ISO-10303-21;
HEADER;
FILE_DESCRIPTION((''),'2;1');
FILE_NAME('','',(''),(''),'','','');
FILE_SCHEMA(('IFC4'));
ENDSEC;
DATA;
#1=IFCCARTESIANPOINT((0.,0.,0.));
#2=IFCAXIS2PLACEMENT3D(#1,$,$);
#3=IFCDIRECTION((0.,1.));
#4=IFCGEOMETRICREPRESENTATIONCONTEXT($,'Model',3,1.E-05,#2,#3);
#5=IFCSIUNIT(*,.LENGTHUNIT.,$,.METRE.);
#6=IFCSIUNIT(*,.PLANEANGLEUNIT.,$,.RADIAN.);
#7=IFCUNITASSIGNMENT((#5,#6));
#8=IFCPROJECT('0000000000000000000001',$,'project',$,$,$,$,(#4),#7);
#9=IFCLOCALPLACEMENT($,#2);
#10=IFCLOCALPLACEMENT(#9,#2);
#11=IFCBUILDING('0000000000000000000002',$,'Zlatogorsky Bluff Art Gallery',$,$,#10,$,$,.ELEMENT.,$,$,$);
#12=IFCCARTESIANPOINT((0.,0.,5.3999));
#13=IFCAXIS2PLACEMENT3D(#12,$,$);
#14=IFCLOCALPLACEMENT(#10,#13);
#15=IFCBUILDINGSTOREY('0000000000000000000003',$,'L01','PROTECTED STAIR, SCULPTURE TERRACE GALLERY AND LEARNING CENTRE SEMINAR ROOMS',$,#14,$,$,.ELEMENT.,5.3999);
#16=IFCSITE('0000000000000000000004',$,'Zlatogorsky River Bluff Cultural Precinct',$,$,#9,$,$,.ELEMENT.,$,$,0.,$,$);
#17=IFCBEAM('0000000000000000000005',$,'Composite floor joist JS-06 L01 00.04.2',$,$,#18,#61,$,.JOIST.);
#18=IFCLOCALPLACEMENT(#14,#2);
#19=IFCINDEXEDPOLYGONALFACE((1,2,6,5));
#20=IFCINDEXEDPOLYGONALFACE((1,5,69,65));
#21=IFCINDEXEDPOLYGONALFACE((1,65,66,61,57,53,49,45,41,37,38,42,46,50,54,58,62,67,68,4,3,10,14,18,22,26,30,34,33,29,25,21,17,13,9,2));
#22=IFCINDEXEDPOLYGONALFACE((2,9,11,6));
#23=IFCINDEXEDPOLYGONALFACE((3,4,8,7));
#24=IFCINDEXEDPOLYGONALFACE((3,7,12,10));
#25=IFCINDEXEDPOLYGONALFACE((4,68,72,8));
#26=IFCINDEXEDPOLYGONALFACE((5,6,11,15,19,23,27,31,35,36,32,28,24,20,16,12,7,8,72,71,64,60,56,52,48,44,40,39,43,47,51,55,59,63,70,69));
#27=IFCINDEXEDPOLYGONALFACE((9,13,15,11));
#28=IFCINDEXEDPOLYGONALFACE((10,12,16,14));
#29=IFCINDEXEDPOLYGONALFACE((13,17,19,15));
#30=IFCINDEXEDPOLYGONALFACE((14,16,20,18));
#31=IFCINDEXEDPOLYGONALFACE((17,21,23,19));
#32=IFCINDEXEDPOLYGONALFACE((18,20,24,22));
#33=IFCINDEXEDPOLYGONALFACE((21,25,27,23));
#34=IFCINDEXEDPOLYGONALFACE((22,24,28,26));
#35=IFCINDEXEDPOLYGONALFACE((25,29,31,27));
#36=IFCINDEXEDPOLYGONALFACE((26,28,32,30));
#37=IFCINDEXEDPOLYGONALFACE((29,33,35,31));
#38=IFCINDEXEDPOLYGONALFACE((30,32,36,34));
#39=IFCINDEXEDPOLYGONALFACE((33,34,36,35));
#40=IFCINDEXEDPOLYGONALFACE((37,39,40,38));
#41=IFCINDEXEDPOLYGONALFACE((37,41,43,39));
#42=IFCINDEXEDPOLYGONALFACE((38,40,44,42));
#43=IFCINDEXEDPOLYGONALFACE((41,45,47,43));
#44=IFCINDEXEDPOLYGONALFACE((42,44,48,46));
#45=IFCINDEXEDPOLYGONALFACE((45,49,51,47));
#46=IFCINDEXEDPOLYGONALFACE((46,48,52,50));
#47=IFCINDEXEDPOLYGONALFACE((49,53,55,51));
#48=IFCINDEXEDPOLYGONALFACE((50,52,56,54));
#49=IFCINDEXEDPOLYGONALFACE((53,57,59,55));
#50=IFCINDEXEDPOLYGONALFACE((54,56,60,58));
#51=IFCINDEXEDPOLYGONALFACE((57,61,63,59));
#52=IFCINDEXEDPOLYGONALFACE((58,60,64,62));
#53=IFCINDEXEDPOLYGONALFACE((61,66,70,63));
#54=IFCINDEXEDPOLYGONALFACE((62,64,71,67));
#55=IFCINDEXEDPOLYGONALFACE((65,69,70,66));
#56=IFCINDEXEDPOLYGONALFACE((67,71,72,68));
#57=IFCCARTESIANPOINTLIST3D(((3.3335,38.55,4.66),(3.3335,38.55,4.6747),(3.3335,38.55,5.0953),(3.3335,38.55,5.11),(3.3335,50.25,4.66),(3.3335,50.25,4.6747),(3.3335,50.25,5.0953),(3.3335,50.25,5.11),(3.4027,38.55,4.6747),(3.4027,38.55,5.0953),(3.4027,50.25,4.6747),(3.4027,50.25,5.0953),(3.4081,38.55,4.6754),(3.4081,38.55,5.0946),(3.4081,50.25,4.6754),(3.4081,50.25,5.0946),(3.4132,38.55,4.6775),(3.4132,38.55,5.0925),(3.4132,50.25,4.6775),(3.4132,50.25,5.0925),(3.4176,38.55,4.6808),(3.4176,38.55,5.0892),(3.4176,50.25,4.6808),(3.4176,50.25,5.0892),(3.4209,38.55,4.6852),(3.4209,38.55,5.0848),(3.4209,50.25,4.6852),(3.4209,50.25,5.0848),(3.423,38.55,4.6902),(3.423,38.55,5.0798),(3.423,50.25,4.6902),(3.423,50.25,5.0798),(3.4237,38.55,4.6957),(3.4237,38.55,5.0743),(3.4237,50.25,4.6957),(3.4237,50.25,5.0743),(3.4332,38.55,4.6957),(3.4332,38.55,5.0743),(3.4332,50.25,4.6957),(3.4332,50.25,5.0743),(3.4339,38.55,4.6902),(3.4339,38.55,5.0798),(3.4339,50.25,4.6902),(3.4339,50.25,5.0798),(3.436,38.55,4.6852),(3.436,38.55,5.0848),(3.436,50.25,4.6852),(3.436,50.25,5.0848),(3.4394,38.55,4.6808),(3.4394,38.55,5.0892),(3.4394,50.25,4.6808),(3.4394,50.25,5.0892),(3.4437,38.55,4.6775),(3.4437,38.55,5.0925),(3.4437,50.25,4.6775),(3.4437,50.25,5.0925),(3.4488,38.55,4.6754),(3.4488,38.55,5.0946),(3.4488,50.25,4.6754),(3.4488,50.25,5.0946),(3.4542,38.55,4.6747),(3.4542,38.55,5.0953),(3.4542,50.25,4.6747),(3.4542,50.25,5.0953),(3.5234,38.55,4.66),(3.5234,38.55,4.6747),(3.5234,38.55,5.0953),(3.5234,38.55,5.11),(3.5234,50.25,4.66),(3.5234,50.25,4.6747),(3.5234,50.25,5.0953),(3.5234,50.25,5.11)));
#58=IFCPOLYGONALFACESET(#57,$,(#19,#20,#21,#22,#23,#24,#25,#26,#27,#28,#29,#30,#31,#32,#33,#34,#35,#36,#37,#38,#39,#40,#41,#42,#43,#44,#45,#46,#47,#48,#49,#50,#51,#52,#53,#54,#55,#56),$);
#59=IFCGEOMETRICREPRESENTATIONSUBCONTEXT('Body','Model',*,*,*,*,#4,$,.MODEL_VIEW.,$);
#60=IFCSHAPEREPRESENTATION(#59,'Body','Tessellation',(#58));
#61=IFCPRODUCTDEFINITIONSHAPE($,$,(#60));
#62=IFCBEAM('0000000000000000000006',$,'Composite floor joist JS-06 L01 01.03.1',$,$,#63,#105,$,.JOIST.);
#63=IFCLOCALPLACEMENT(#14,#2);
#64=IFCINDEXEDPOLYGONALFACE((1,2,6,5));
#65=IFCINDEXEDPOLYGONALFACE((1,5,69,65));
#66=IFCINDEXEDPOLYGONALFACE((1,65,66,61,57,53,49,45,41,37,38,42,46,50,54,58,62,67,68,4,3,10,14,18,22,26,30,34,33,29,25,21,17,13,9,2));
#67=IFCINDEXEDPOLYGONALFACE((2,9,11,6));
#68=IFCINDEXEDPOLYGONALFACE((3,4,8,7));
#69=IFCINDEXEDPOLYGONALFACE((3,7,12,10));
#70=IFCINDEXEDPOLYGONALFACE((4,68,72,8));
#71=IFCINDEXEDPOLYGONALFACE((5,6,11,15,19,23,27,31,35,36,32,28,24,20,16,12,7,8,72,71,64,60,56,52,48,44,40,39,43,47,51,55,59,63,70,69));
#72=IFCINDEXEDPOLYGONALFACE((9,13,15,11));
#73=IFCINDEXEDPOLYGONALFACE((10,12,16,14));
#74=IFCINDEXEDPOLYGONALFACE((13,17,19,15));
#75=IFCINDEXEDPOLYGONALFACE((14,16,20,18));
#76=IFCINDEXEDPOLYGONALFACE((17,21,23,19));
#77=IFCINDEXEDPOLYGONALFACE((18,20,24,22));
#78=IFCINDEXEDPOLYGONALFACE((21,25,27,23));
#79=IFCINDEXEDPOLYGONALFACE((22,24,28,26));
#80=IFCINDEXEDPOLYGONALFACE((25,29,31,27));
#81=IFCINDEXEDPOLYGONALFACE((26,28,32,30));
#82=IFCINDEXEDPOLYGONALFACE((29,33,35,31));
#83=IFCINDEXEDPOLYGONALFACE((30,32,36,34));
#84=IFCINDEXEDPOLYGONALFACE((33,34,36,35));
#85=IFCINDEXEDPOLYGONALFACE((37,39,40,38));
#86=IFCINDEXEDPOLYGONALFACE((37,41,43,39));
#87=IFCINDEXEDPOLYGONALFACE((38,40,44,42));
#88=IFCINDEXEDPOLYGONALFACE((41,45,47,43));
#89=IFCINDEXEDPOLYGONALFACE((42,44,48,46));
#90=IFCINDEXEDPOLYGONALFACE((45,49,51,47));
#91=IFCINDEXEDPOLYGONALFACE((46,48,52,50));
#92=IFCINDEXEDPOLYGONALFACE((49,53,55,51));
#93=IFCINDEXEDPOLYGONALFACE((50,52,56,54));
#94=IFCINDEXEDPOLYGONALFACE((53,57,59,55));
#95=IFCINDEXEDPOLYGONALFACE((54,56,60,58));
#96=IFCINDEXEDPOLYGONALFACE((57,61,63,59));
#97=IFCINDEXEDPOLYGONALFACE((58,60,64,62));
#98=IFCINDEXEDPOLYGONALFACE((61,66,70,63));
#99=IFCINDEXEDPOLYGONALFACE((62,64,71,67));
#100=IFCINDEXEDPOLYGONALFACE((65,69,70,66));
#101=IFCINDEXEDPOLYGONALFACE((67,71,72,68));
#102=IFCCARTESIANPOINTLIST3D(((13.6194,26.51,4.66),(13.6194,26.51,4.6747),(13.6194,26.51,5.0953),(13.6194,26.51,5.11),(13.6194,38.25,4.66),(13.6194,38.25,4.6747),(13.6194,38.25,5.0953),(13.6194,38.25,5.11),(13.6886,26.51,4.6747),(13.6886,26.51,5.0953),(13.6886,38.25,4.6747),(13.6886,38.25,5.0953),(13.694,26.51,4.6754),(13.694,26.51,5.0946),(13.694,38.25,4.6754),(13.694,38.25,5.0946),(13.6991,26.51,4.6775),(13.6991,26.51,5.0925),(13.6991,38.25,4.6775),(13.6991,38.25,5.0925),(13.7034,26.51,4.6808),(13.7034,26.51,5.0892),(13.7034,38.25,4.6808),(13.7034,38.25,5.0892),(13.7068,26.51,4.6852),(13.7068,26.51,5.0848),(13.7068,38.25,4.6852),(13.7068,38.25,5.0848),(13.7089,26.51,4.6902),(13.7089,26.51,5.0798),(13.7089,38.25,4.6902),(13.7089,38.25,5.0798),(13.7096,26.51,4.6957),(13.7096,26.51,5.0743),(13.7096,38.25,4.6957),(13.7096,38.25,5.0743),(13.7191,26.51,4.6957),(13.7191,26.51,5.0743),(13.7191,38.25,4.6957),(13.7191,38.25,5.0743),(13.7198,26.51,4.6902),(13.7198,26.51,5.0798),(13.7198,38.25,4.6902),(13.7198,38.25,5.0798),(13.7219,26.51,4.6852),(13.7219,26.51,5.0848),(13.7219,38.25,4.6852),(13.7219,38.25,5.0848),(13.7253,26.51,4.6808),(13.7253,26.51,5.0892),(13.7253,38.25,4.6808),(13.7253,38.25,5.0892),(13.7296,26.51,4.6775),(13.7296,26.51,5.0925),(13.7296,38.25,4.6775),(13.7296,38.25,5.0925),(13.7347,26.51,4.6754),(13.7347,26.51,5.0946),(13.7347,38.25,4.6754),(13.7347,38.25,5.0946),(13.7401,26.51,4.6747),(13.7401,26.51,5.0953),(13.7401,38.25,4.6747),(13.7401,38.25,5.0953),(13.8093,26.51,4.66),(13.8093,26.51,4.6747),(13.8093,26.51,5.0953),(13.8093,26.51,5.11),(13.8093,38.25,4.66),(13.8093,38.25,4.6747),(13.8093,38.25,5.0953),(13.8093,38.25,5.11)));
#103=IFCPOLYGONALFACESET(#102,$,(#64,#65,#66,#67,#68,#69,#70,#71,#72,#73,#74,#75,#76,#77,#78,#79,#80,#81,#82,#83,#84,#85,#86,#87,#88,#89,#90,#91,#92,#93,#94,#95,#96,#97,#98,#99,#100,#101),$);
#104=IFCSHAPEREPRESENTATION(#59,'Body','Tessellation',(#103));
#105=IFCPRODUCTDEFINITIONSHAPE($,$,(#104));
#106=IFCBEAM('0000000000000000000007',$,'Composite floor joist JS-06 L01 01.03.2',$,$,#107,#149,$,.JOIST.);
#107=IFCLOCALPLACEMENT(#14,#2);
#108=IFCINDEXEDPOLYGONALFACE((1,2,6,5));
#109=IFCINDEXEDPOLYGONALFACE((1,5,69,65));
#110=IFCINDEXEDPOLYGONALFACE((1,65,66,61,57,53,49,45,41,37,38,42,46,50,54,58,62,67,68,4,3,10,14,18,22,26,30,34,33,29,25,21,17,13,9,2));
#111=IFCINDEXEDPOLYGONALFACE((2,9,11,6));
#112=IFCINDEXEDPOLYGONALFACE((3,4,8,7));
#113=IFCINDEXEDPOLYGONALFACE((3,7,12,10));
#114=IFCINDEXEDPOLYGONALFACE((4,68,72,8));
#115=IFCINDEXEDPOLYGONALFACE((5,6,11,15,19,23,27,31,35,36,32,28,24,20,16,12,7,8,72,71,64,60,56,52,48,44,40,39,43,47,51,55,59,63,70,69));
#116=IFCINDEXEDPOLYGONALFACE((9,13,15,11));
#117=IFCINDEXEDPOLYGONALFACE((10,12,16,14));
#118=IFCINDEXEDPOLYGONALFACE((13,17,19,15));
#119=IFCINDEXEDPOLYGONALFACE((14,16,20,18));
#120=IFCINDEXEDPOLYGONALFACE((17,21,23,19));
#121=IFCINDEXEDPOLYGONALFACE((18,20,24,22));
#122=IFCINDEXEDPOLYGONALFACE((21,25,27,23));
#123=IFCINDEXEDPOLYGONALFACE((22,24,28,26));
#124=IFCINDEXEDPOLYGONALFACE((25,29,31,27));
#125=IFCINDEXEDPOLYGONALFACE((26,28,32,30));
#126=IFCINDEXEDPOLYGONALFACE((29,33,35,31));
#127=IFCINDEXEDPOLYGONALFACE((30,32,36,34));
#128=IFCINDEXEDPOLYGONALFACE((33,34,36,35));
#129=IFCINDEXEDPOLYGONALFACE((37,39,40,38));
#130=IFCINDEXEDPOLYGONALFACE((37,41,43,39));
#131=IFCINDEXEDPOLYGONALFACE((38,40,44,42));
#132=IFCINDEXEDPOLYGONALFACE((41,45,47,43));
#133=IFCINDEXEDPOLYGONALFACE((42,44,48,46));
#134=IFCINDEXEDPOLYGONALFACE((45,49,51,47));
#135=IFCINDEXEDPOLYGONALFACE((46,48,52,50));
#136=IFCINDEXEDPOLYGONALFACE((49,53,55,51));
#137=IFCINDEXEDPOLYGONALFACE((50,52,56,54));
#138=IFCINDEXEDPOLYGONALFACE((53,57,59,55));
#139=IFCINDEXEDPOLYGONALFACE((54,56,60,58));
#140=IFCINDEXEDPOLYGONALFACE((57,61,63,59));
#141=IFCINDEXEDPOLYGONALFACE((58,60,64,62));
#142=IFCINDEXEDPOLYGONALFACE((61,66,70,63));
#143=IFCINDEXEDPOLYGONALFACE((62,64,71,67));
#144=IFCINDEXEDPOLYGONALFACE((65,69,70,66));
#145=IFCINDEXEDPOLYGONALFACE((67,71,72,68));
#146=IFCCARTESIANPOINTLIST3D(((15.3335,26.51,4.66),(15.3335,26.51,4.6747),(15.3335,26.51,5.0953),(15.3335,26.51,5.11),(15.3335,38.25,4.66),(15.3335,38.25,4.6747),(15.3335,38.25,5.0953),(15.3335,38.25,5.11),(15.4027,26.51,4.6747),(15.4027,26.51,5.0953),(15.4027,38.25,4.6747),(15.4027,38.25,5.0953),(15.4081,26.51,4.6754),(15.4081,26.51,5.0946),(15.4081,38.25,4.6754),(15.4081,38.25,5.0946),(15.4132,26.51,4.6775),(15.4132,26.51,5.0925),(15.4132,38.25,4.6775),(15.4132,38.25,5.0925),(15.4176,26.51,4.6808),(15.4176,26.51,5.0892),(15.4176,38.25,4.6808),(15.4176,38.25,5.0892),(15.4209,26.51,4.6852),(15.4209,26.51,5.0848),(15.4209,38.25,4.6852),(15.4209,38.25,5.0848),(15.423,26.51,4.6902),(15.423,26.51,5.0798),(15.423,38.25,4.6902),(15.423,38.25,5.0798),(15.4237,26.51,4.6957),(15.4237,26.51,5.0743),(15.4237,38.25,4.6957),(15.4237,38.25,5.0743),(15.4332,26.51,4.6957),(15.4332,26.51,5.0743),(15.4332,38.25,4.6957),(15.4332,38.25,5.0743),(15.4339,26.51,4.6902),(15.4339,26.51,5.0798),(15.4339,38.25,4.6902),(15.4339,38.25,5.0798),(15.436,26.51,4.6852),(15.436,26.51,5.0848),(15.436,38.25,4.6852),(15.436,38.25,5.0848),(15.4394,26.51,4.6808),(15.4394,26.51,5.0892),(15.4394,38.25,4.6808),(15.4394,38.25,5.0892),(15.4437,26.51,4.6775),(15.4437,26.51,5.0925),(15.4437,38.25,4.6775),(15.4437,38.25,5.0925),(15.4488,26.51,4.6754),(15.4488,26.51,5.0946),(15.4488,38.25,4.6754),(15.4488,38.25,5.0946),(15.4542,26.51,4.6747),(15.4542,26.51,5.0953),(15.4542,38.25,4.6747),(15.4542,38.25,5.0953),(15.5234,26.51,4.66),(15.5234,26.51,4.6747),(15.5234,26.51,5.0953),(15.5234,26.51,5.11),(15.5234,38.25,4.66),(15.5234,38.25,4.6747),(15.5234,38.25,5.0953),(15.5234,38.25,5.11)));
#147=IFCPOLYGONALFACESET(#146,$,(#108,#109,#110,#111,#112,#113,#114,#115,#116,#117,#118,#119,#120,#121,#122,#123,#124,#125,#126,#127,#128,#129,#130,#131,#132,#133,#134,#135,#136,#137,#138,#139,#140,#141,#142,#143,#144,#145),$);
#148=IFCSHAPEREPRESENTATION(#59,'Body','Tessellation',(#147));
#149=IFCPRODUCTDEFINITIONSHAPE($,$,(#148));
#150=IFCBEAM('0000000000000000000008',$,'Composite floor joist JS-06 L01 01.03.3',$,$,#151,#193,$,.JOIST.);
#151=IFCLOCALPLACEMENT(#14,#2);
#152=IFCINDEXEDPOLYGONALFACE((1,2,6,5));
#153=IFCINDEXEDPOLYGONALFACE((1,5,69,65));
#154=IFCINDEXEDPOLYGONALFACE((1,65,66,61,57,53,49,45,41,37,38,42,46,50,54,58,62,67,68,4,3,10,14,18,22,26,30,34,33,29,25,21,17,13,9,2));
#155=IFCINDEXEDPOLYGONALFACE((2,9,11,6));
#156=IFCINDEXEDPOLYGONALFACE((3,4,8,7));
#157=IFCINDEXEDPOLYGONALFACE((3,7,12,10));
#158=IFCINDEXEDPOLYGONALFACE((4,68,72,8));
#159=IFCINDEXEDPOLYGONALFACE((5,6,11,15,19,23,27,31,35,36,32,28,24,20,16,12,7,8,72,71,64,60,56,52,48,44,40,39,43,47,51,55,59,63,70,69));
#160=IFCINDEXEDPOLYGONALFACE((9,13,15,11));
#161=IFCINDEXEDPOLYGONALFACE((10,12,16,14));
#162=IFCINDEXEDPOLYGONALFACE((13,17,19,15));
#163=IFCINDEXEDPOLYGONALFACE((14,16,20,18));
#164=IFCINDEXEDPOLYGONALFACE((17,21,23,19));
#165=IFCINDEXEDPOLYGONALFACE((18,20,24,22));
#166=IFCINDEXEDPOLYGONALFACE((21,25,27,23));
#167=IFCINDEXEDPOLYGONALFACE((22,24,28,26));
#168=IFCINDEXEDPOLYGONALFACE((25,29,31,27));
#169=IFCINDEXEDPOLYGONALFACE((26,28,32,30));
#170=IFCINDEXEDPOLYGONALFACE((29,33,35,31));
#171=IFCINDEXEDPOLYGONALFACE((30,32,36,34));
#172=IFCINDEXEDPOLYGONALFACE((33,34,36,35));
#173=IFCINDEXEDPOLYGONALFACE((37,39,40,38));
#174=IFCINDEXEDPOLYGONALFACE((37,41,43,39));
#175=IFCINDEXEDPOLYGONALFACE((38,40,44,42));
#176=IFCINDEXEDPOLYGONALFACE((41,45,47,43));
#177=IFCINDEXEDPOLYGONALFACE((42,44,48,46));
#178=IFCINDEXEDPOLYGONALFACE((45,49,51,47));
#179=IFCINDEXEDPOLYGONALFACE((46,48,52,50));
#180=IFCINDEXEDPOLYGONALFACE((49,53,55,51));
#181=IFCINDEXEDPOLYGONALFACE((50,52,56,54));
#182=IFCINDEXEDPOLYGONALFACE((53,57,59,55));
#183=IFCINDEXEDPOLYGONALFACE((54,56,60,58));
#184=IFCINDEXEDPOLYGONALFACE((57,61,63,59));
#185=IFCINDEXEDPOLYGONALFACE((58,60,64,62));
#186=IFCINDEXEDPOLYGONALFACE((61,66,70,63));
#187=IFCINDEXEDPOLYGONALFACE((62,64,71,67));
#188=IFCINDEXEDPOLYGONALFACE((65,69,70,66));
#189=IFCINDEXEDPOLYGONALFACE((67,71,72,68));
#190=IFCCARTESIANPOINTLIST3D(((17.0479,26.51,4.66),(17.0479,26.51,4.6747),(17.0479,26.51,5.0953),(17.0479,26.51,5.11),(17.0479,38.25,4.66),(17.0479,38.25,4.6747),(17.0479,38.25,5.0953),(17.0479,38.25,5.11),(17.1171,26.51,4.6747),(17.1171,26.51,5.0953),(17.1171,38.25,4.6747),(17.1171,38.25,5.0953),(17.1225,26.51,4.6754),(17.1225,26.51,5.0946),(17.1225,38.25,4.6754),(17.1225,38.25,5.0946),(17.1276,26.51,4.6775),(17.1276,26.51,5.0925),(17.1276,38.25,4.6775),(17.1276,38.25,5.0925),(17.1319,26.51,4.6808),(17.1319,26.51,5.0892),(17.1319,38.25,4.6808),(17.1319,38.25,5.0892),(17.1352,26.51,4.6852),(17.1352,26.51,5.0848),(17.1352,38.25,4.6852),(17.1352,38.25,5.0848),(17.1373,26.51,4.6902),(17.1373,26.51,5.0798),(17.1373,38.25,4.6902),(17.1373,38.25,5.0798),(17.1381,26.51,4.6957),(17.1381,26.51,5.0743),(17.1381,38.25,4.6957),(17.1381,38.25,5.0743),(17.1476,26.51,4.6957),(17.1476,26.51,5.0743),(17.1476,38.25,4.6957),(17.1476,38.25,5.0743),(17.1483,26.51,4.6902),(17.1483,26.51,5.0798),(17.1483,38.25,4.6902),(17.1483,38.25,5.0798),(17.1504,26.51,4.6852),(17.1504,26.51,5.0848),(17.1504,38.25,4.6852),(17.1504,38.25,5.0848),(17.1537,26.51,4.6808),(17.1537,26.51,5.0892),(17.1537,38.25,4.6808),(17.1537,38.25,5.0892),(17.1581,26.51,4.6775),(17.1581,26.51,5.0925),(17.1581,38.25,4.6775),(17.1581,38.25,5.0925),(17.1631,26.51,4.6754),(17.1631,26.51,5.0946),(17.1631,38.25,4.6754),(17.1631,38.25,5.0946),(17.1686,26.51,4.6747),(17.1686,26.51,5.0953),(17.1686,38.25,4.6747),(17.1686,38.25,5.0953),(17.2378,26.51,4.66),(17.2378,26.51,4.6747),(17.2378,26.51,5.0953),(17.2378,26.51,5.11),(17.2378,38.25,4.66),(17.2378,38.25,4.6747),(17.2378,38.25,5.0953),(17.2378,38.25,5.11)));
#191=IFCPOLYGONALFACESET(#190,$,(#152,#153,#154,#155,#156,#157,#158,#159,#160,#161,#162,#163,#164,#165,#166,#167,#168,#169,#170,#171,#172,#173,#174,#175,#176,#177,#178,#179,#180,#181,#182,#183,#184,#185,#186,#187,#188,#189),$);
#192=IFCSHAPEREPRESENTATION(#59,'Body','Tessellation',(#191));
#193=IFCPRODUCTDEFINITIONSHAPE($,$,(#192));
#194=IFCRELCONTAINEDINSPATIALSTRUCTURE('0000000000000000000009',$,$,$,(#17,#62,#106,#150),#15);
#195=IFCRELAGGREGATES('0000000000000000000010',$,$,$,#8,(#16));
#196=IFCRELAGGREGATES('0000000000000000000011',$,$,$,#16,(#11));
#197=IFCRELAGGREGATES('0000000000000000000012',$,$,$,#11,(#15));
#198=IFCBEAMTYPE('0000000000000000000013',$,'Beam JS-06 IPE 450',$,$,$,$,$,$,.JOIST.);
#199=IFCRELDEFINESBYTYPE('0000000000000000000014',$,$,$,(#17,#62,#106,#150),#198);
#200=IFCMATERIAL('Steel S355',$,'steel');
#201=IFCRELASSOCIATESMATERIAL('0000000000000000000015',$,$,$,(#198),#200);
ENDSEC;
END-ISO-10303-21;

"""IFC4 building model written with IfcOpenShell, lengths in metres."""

from ifc_helpers import new_model, si_unit, direction, frame, origin, origin_2d, place, context, subcontext, project, spatial, i_section, extrude, material, material_profile, profile_set, type_object, element, save


model = new_model("IFC4")

# Units and contexts
model_context = context("Model", 3, precision=1e-05, world=origin(), true_north=direction((0.0, 1.0)))
body_context = subcontext(model_context, "Body", "Model", "MODEL_VIEW")
ifc_project = project(units=[si_unit("LENGTHUNIT", "METRE"), si_unit("PLANEANGLEUNIT", "RADIAN")], contexts=[model_context])

# Site, building, storey
site_placement = place(None, origin())
site = spatial("IfcSite", under=ifc_project, at=site_placement, Name="Zlatogorsky River Bluff Cultural Precinct", CompositionType="ELEMENT", RefElevation=0.0)
building_placement = place(site_placement, origin())
building = spatial("IfcBuilding", under=site, at=building_placement, Name="Zlatogorsky Bluff Art Gallery", CompositionType="ELEMENT")
storey_placement = place(building_placement, frame((0.0, 0.0, 5.3999)))
storey = spatial("IfcBuildingStorey", under=building, at=storey_placement, Name="L01", Description="PROTECTED STAIR, SCULPTURE TERRACE GALLERY AND LEARNING CENTRE SEMINAR ROOMS", CompositionType="ELEMENT", Elevation=5.3999)

# Shared definitions
ifc_material_1 = material(Name="Steel S355", Category="steel")

# Beams
ifc_material_profile_1 = material_profile(ifc_material_1, i_section(OverallWidth=0.1899, OverallDepth=0.45, WebThickness=0.0095, FlangeThickness=0.0146, FilletRadius=0.021, at=origin_2d()), Name="IPE 450")
ifc_profile_set_1 = profile_set([ifc_material_profile_1], Name="Steel S355")
beam_type_1 = type_object("IfcBeamType", Name="Beam JS-06 IPE 450", PredefinedType="JOIST", material=ifc_profile_set_1)
for number, where, z_axis, x_axis, name in (
    (1, (3.4285, 38.55, 4.885), (0.0, 1.0, 0.0), (-1.0, 0.0, 0.0), "Composite floor joist JS-06 L01 00.04.2"),
):
    element("IfcBeam", number, at=place(storey_placement, frame(where, z_axis=z_axis, x_axis=x_axis)), inside=storey, type_object=beam_type_1, Name=name, PredefinedType="JOIST", context=body_context, shape_type="SweptSolid", body=[
        extrude(i_section(OverallWidth=0.1899, OverallDepth=0.45, WebThickness=0.0095, FlangeThickness=0.0146, FilletRadius=0.021, at=origin_2d()), origin(), (0.0, 0.0, 1.0), 11.7),
    ])
for number, where, z_axis, x_axis, name in (
    (2, (13.7144, 26.51, 4.885), (0.0, 1.0, 0.0), (-1.0, 0.0, 0.0), "Composite floor joist JS-06 L01 01.03.1"),
    (3, (15.4285, 26.51, 4.885), (0.0, 1.0, 0.0), (-1.0, 0.0, 0.0), "Composite floor joist JS-06 L01 01.03.2"),
    (4, (17.1428, 26.51, 4.885), (0.0, 1.0, 0.0), (-1.0, 0.0, 0.0), "Composite floor joist JS-06 L01 01.03.3"),
):
    element("IfcBeam", number, at=place(storey_placement, frame(where, z_axis=z_axis, x_axis=x_axis)), inside=storey, type_object=beam_type_1, Name=name, PredefinedType="JOIST", context=body_context, shape_type="SweptSolid", body=[
        extrude(i_section(OverallWidth=0.1899, OverallDepth=0.45, WebThickness=0.0095, FlangeThickness=0.0146, FilletRadius=0.021, at=origin_2d()), origin(), (0.0, 0.0, 1.0), 11.74),
    ])

save(model, "model.ifc")
